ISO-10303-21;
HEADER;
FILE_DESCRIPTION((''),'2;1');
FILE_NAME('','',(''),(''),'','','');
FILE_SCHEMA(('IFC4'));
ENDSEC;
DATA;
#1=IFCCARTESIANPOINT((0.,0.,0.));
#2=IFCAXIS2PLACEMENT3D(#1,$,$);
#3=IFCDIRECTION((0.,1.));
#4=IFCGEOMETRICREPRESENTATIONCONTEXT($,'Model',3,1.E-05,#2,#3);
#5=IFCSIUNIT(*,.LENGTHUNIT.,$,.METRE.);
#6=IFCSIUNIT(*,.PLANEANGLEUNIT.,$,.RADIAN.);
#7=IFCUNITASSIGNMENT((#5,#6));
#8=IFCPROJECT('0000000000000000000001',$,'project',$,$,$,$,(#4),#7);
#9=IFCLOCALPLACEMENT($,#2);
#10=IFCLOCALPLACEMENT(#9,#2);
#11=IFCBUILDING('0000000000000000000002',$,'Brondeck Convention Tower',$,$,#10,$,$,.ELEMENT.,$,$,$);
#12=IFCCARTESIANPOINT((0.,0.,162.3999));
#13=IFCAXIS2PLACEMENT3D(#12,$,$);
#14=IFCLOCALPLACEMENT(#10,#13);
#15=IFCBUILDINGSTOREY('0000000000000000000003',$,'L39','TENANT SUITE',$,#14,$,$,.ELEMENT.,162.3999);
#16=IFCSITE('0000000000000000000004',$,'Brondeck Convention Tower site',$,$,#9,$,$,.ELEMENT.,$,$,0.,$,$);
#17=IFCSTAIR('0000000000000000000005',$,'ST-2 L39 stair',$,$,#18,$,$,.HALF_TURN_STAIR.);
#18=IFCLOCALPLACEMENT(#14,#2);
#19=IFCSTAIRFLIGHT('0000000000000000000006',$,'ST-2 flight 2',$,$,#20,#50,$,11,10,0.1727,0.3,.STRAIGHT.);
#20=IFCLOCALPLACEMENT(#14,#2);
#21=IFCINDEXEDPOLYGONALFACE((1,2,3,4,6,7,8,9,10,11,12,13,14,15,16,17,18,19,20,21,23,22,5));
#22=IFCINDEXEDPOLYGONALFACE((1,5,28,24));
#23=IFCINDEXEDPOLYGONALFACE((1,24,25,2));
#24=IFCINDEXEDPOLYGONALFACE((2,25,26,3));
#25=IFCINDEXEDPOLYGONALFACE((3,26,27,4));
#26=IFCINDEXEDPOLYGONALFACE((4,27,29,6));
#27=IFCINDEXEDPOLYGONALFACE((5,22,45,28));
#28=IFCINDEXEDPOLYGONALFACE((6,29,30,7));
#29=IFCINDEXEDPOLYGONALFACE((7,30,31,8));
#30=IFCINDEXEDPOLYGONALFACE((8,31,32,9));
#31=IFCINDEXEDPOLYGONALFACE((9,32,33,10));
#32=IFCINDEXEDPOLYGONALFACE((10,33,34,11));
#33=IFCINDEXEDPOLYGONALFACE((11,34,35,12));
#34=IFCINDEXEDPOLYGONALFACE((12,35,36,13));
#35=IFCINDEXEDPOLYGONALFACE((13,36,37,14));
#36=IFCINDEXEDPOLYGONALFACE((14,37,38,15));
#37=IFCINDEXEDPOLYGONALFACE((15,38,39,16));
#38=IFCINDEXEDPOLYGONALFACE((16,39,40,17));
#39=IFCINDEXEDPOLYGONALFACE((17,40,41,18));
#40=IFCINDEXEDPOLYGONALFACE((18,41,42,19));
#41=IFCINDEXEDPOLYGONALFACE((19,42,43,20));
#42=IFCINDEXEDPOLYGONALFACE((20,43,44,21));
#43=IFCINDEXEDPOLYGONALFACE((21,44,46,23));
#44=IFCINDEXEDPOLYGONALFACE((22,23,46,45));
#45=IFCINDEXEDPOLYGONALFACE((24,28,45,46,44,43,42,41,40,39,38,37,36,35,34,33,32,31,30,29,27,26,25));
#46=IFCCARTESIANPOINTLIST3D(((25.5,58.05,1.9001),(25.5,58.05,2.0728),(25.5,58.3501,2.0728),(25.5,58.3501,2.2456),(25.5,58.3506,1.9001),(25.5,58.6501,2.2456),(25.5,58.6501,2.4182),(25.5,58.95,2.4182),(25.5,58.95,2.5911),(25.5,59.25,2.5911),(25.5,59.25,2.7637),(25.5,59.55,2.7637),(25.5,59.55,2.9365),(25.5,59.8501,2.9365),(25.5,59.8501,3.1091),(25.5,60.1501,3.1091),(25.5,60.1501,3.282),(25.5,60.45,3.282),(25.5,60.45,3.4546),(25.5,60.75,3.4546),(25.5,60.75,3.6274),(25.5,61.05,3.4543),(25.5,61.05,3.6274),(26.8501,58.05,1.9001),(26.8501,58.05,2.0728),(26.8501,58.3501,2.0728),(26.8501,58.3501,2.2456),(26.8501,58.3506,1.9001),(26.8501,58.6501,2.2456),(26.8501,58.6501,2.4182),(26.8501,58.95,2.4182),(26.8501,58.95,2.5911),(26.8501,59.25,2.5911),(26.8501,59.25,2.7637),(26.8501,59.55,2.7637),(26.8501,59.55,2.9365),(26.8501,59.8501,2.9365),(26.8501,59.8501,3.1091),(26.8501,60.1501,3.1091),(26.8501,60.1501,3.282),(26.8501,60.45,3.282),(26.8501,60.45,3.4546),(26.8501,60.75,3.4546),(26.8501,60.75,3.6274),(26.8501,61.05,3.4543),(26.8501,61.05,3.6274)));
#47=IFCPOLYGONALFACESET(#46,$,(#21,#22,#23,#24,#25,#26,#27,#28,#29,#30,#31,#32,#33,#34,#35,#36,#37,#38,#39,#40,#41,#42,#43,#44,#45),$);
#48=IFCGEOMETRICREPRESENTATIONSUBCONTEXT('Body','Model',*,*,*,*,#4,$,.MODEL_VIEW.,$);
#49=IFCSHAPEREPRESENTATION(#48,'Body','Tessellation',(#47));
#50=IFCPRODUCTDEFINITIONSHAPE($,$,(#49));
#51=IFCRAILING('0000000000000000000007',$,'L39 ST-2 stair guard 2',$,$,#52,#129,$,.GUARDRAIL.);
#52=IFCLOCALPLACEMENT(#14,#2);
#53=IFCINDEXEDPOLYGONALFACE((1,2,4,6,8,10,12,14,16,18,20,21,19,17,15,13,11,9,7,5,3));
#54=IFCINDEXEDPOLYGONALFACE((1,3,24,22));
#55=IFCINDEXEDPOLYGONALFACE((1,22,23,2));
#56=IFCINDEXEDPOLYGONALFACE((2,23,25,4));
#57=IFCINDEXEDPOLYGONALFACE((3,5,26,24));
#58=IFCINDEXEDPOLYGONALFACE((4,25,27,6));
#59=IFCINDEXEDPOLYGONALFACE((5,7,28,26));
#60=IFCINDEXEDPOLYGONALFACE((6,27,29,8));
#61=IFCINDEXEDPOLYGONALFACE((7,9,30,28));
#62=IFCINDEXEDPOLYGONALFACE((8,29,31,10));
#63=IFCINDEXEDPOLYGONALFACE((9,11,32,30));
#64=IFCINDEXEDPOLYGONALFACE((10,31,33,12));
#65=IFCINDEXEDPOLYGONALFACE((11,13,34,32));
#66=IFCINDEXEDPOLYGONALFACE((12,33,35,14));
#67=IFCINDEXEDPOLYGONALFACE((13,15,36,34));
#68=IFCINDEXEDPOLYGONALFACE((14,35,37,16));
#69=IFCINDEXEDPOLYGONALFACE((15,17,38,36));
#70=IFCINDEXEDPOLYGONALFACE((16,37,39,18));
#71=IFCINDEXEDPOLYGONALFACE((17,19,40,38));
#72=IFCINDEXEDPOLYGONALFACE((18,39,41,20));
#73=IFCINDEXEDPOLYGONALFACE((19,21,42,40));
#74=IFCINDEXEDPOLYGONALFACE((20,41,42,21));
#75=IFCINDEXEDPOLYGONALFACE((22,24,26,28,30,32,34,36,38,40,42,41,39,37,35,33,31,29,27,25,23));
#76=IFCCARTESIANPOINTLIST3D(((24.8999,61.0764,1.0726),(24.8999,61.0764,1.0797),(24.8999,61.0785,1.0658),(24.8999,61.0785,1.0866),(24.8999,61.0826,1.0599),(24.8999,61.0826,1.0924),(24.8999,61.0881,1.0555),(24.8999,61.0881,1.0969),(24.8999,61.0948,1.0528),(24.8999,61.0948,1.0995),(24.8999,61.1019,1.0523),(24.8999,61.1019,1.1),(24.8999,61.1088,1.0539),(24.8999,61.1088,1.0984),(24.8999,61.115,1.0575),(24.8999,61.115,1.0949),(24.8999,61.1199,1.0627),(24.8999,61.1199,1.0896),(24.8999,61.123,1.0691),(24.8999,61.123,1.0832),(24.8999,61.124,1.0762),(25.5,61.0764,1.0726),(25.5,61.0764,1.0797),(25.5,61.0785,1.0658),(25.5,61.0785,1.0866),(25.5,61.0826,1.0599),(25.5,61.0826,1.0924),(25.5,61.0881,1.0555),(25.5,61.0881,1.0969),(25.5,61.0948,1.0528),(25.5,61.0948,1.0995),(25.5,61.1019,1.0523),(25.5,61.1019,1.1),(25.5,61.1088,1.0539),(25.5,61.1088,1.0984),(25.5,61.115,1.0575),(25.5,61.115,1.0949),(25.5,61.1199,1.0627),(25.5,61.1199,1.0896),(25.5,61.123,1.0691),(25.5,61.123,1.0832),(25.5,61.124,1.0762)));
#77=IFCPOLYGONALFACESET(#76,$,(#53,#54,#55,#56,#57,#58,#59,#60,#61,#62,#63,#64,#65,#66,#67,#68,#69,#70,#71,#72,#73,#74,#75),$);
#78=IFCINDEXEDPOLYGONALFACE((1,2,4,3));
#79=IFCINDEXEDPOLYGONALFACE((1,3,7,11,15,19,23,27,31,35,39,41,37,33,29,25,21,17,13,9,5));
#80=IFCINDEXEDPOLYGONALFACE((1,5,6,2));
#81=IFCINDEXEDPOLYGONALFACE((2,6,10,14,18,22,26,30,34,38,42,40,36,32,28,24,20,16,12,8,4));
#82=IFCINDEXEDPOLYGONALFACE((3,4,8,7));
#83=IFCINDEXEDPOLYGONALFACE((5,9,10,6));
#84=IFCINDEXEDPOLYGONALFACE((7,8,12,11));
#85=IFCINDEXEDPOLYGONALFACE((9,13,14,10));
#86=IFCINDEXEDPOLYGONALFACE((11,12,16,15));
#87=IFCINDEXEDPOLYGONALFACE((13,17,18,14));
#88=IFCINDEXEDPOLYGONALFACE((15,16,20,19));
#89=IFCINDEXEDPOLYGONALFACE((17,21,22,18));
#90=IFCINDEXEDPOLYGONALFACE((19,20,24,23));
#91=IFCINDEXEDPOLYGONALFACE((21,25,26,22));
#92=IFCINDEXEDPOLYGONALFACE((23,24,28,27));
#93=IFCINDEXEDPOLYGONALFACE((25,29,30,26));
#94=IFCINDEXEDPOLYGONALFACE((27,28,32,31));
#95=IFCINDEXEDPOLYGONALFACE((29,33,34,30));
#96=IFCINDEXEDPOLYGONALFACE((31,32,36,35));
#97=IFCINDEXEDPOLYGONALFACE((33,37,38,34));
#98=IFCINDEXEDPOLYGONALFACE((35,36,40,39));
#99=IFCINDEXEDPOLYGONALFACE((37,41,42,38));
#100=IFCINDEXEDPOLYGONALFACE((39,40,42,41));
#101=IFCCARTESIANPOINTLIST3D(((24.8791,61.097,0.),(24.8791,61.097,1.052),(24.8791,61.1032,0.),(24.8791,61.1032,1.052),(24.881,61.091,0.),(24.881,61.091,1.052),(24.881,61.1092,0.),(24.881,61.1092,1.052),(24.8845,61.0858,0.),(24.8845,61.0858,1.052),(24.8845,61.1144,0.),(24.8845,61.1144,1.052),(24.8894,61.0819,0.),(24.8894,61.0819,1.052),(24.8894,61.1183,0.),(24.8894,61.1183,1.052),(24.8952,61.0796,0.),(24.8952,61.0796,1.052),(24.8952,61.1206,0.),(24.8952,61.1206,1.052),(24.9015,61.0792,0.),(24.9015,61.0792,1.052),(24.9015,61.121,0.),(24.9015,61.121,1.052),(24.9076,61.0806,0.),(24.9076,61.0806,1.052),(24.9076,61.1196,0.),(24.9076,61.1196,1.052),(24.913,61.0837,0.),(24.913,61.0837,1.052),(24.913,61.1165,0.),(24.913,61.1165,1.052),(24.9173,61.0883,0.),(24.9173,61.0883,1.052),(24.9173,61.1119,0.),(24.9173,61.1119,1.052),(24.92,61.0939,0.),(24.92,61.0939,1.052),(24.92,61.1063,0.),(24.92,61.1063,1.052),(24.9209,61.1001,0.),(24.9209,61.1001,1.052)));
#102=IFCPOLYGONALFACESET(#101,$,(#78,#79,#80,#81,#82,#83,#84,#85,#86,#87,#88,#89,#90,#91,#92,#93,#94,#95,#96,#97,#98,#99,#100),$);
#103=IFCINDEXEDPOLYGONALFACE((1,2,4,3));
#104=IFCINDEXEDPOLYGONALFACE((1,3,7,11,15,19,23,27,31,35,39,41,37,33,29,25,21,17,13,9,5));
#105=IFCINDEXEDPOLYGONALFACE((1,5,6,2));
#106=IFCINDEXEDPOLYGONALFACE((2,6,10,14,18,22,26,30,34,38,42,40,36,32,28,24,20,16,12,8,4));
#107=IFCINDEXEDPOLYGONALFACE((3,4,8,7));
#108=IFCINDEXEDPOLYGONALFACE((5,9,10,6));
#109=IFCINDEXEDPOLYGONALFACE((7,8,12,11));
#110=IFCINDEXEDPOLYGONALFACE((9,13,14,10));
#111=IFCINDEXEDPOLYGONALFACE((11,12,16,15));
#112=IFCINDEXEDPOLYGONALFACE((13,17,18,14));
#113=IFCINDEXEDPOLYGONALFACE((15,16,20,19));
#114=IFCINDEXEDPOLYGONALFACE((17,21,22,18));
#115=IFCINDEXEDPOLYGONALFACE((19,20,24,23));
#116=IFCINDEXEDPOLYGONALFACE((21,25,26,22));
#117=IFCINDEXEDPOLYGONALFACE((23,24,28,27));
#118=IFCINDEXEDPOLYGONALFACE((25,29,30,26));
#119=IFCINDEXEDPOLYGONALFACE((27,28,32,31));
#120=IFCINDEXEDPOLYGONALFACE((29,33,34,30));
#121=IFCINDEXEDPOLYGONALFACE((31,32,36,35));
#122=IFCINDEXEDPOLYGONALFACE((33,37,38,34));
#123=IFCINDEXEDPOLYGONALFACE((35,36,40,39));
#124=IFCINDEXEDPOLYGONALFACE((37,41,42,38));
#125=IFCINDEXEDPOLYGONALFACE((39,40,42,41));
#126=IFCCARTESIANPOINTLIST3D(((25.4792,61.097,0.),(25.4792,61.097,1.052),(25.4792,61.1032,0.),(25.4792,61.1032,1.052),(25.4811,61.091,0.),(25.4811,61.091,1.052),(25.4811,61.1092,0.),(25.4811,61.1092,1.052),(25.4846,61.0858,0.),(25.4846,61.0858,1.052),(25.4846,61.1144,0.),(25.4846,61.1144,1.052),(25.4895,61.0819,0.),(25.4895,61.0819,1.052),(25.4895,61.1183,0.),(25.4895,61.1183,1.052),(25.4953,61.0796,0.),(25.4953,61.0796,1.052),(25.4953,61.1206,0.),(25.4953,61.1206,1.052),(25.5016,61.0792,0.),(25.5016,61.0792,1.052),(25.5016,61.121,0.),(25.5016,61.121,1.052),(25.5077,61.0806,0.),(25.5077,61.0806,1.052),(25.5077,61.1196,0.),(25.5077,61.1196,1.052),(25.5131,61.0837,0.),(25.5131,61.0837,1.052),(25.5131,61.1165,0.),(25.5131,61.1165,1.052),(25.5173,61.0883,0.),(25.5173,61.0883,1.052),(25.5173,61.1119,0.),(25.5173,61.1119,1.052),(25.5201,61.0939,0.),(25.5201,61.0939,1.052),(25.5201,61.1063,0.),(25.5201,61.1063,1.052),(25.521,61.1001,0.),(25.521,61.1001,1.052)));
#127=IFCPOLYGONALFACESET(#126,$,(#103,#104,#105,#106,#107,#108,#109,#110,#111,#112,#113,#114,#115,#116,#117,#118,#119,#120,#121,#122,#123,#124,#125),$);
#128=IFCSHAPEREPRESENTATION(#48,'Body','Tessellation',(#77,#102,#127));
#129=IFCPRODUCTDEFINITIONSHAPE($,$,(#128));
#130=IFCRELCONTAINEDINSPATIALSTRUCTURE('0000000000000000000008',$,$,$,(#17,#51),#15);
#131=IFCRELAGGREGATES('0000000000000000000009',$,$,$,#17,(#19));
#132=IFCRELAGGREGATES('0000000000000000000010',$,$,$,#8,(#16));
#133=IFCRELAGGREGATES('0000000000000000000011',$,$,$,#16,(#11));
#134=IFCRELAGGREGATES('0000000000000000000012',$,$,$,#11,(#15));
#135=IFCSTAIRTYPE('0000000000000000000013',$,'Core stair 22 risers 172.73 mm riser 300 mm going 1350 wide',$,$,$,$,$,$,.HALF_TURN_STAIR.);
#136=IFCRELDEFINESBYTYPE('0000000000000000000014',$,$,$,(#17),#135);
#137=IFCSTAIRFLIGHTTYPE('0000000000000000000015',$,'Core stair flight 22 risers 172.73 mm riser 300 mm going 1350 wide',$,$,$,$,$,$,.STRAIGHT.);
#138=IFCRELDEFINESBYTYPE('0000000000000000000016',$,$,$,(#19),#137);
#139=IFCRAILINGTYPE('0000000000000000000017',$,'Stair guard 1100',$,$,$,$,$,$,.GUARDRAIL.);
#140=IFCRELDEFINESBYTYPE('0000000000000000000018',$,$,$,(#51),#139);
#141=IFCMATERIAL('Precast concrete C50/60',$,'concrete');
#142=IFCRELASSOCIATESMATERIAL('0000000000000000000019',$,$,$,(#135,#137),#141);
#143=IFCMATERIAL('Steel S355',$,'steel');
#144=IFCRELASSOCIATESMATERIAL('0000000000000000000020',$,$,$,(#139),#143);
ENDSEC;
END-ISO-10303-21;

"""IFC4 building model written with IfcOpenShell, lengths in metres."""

from ifc_helpers import new_model, si_unit, direction, frame, origin, origin_2d, place, context, subcontext, project, spatial, polyline, circle, outline, extrude, material, type_object, element, aggregate, save


model = new_model("IFC4")

# Units and contexts
model_context = context("Model", 3, precision=1e-05, world=origin(), true_north=direction((0.0, 1.0)))
body_context = subcontext(model_context, "Body", "Model", "MODEL_VIEW")
ifc_project = project(units=[si_unit("LENGTHUNIT", "METRE"), si_unit("PLANEANGLEUNIT", "RADIAN")], contexts=[model_context])

# Site, building, storey
site_placement = place(None, origin())
site = spatial("IfcSite", under=ifc_project, at=site_placement, Name="Brondeck Convention Tower site", CompositionType="ELEMENT", RefElevation=0.0)
building_placement = place(site_placement, origin())
building = spatial("IfcBuilding", under=site, at=building_placement, Name="Brondeck Convention Tower", CompositionType="ELEMENT")
storey_placement = place(building_placement, frame((0.0, 0.0, 162.3999)))
storey = spatial("IfcBuildingStorey", under=building, at=storey_placement, Name="L39", Description="TENANT SUITE", CompositionType="ELEMENT", Elevation=162.3999)

# Stair, stair flight
ifc_material_1 = material(Name="Precast concrete C50/60", Category="concrete")
stair_type = type_object("IfcStairType", Name="Core stair 22 risers 172.73 mm riser 300 mm going 1350 wide", PredefinedType="HALF_TURN_STAIR", material=ifc_material_1)
stair_placement = place(storey_placement, origin())
stair = element("IfcStair", 1, at=stair_placement, inside=storey, type_object=stair_type, Name="ST-2 L39 stair", PredefinedType="HALF_TURN_STAIR")
stair_flight_type = type_object("IfcStairFlightType", Name="Core stair flight 22 risers 172.73 mm riser 300 mm going 1350 wide", PredefinedType="STRAIGHT", material=ifc_material_1)
stair_flight_1_placement = place(storey_placement, frame((26.175, 58.05, 1.9001), z_axis=(0.0, 0.0, 1.0), x_axis=(0.0, 1.0, 0.0)))
stair_flight_1 = element("IfcStairFlight", 2, at=stair_flight_1_placement, type_object=stair_flight_type, Name="ST-2 flight 2", NumberOfRisers=11, NumberOfTreads=10, PredefinedType="STRAIGHT", RiserHeight=0.1727, TreadLength=0.3, context=body_context, shape_type="SweptSolid", body=[
    extrude(outline(polyline([(0.0, 0.0), (0.0, 0.1726), (0.3, 0.1726), (0.3, 0.3455), (0.6001, 0.3455), (0.6001, 0.5181), (0.8999, 0.5181), (0.8999, 0.6909), (1.2, 0.6909), (1.2, 0.8635), (1.5, 0.8635), (1.5, 1.0364), (1.8, 1.0364), (1.8, 1.209), (2.1001, 1.209), (2.1001, 1.3818), (2.3999, 1.3818), (2.3999, 1.5544), (2.7, 1.5544), (2.7, 1.7273), (3.0, 1.7273), (3.0, 1.8999), (3.0, 1.5542), (0.3005, 0.0), (0.0, 0.0)])), frame((0.0, 0.675, 0.0), z_axis=(0.0, -1.0, 0.0), x_axis=(1.0, 0.0, 0.0)), (0.0, 0.0, 1.0), 1.3501),
])
aggregate(stair, [stair_flight_1])

# Railing
ifc_material_2 = material(Name="Steel S355", Category="steel")
railing_type_1 = type_object("IfcRailingType", Name="Stair guard 1100", PredefinedType="GUARDRAIL", material=ifc_material_2)
railing_1_placement = place(storey_placement, frame((24.8999, 61.1001, 0.0)))
element("IfcRailing", 3, at=railing_1_placement, inside=storey, type_object=railing_type_1, Name="L39 ST-2 stair guard 2", PredefinedType="GUARDRAIL", context=body_context, shape_type="SweptSolid", body=[
    extrude(circle(Radius=0.0239, at=origin_2d()), frame((0.0, 0.0, 1.0762), z_axis=(1.0, 0.0, 0.0), x_axis=(0.0, 1.0, 0.0)), (0.0, 0.0, 1.0), 0.6001),
    extrude(circle(Radius=0.021, at=origin_2d()), origin(), (0.0, 0.0, 1.0), 1.052),
    extrude(circle(Radius=0.021, at=origin_2d()), frame((0.6001, 0.0, 0.0)), (0.0, 0.0, 1.0), 1.052),
])

save(model, "model.ifc")
